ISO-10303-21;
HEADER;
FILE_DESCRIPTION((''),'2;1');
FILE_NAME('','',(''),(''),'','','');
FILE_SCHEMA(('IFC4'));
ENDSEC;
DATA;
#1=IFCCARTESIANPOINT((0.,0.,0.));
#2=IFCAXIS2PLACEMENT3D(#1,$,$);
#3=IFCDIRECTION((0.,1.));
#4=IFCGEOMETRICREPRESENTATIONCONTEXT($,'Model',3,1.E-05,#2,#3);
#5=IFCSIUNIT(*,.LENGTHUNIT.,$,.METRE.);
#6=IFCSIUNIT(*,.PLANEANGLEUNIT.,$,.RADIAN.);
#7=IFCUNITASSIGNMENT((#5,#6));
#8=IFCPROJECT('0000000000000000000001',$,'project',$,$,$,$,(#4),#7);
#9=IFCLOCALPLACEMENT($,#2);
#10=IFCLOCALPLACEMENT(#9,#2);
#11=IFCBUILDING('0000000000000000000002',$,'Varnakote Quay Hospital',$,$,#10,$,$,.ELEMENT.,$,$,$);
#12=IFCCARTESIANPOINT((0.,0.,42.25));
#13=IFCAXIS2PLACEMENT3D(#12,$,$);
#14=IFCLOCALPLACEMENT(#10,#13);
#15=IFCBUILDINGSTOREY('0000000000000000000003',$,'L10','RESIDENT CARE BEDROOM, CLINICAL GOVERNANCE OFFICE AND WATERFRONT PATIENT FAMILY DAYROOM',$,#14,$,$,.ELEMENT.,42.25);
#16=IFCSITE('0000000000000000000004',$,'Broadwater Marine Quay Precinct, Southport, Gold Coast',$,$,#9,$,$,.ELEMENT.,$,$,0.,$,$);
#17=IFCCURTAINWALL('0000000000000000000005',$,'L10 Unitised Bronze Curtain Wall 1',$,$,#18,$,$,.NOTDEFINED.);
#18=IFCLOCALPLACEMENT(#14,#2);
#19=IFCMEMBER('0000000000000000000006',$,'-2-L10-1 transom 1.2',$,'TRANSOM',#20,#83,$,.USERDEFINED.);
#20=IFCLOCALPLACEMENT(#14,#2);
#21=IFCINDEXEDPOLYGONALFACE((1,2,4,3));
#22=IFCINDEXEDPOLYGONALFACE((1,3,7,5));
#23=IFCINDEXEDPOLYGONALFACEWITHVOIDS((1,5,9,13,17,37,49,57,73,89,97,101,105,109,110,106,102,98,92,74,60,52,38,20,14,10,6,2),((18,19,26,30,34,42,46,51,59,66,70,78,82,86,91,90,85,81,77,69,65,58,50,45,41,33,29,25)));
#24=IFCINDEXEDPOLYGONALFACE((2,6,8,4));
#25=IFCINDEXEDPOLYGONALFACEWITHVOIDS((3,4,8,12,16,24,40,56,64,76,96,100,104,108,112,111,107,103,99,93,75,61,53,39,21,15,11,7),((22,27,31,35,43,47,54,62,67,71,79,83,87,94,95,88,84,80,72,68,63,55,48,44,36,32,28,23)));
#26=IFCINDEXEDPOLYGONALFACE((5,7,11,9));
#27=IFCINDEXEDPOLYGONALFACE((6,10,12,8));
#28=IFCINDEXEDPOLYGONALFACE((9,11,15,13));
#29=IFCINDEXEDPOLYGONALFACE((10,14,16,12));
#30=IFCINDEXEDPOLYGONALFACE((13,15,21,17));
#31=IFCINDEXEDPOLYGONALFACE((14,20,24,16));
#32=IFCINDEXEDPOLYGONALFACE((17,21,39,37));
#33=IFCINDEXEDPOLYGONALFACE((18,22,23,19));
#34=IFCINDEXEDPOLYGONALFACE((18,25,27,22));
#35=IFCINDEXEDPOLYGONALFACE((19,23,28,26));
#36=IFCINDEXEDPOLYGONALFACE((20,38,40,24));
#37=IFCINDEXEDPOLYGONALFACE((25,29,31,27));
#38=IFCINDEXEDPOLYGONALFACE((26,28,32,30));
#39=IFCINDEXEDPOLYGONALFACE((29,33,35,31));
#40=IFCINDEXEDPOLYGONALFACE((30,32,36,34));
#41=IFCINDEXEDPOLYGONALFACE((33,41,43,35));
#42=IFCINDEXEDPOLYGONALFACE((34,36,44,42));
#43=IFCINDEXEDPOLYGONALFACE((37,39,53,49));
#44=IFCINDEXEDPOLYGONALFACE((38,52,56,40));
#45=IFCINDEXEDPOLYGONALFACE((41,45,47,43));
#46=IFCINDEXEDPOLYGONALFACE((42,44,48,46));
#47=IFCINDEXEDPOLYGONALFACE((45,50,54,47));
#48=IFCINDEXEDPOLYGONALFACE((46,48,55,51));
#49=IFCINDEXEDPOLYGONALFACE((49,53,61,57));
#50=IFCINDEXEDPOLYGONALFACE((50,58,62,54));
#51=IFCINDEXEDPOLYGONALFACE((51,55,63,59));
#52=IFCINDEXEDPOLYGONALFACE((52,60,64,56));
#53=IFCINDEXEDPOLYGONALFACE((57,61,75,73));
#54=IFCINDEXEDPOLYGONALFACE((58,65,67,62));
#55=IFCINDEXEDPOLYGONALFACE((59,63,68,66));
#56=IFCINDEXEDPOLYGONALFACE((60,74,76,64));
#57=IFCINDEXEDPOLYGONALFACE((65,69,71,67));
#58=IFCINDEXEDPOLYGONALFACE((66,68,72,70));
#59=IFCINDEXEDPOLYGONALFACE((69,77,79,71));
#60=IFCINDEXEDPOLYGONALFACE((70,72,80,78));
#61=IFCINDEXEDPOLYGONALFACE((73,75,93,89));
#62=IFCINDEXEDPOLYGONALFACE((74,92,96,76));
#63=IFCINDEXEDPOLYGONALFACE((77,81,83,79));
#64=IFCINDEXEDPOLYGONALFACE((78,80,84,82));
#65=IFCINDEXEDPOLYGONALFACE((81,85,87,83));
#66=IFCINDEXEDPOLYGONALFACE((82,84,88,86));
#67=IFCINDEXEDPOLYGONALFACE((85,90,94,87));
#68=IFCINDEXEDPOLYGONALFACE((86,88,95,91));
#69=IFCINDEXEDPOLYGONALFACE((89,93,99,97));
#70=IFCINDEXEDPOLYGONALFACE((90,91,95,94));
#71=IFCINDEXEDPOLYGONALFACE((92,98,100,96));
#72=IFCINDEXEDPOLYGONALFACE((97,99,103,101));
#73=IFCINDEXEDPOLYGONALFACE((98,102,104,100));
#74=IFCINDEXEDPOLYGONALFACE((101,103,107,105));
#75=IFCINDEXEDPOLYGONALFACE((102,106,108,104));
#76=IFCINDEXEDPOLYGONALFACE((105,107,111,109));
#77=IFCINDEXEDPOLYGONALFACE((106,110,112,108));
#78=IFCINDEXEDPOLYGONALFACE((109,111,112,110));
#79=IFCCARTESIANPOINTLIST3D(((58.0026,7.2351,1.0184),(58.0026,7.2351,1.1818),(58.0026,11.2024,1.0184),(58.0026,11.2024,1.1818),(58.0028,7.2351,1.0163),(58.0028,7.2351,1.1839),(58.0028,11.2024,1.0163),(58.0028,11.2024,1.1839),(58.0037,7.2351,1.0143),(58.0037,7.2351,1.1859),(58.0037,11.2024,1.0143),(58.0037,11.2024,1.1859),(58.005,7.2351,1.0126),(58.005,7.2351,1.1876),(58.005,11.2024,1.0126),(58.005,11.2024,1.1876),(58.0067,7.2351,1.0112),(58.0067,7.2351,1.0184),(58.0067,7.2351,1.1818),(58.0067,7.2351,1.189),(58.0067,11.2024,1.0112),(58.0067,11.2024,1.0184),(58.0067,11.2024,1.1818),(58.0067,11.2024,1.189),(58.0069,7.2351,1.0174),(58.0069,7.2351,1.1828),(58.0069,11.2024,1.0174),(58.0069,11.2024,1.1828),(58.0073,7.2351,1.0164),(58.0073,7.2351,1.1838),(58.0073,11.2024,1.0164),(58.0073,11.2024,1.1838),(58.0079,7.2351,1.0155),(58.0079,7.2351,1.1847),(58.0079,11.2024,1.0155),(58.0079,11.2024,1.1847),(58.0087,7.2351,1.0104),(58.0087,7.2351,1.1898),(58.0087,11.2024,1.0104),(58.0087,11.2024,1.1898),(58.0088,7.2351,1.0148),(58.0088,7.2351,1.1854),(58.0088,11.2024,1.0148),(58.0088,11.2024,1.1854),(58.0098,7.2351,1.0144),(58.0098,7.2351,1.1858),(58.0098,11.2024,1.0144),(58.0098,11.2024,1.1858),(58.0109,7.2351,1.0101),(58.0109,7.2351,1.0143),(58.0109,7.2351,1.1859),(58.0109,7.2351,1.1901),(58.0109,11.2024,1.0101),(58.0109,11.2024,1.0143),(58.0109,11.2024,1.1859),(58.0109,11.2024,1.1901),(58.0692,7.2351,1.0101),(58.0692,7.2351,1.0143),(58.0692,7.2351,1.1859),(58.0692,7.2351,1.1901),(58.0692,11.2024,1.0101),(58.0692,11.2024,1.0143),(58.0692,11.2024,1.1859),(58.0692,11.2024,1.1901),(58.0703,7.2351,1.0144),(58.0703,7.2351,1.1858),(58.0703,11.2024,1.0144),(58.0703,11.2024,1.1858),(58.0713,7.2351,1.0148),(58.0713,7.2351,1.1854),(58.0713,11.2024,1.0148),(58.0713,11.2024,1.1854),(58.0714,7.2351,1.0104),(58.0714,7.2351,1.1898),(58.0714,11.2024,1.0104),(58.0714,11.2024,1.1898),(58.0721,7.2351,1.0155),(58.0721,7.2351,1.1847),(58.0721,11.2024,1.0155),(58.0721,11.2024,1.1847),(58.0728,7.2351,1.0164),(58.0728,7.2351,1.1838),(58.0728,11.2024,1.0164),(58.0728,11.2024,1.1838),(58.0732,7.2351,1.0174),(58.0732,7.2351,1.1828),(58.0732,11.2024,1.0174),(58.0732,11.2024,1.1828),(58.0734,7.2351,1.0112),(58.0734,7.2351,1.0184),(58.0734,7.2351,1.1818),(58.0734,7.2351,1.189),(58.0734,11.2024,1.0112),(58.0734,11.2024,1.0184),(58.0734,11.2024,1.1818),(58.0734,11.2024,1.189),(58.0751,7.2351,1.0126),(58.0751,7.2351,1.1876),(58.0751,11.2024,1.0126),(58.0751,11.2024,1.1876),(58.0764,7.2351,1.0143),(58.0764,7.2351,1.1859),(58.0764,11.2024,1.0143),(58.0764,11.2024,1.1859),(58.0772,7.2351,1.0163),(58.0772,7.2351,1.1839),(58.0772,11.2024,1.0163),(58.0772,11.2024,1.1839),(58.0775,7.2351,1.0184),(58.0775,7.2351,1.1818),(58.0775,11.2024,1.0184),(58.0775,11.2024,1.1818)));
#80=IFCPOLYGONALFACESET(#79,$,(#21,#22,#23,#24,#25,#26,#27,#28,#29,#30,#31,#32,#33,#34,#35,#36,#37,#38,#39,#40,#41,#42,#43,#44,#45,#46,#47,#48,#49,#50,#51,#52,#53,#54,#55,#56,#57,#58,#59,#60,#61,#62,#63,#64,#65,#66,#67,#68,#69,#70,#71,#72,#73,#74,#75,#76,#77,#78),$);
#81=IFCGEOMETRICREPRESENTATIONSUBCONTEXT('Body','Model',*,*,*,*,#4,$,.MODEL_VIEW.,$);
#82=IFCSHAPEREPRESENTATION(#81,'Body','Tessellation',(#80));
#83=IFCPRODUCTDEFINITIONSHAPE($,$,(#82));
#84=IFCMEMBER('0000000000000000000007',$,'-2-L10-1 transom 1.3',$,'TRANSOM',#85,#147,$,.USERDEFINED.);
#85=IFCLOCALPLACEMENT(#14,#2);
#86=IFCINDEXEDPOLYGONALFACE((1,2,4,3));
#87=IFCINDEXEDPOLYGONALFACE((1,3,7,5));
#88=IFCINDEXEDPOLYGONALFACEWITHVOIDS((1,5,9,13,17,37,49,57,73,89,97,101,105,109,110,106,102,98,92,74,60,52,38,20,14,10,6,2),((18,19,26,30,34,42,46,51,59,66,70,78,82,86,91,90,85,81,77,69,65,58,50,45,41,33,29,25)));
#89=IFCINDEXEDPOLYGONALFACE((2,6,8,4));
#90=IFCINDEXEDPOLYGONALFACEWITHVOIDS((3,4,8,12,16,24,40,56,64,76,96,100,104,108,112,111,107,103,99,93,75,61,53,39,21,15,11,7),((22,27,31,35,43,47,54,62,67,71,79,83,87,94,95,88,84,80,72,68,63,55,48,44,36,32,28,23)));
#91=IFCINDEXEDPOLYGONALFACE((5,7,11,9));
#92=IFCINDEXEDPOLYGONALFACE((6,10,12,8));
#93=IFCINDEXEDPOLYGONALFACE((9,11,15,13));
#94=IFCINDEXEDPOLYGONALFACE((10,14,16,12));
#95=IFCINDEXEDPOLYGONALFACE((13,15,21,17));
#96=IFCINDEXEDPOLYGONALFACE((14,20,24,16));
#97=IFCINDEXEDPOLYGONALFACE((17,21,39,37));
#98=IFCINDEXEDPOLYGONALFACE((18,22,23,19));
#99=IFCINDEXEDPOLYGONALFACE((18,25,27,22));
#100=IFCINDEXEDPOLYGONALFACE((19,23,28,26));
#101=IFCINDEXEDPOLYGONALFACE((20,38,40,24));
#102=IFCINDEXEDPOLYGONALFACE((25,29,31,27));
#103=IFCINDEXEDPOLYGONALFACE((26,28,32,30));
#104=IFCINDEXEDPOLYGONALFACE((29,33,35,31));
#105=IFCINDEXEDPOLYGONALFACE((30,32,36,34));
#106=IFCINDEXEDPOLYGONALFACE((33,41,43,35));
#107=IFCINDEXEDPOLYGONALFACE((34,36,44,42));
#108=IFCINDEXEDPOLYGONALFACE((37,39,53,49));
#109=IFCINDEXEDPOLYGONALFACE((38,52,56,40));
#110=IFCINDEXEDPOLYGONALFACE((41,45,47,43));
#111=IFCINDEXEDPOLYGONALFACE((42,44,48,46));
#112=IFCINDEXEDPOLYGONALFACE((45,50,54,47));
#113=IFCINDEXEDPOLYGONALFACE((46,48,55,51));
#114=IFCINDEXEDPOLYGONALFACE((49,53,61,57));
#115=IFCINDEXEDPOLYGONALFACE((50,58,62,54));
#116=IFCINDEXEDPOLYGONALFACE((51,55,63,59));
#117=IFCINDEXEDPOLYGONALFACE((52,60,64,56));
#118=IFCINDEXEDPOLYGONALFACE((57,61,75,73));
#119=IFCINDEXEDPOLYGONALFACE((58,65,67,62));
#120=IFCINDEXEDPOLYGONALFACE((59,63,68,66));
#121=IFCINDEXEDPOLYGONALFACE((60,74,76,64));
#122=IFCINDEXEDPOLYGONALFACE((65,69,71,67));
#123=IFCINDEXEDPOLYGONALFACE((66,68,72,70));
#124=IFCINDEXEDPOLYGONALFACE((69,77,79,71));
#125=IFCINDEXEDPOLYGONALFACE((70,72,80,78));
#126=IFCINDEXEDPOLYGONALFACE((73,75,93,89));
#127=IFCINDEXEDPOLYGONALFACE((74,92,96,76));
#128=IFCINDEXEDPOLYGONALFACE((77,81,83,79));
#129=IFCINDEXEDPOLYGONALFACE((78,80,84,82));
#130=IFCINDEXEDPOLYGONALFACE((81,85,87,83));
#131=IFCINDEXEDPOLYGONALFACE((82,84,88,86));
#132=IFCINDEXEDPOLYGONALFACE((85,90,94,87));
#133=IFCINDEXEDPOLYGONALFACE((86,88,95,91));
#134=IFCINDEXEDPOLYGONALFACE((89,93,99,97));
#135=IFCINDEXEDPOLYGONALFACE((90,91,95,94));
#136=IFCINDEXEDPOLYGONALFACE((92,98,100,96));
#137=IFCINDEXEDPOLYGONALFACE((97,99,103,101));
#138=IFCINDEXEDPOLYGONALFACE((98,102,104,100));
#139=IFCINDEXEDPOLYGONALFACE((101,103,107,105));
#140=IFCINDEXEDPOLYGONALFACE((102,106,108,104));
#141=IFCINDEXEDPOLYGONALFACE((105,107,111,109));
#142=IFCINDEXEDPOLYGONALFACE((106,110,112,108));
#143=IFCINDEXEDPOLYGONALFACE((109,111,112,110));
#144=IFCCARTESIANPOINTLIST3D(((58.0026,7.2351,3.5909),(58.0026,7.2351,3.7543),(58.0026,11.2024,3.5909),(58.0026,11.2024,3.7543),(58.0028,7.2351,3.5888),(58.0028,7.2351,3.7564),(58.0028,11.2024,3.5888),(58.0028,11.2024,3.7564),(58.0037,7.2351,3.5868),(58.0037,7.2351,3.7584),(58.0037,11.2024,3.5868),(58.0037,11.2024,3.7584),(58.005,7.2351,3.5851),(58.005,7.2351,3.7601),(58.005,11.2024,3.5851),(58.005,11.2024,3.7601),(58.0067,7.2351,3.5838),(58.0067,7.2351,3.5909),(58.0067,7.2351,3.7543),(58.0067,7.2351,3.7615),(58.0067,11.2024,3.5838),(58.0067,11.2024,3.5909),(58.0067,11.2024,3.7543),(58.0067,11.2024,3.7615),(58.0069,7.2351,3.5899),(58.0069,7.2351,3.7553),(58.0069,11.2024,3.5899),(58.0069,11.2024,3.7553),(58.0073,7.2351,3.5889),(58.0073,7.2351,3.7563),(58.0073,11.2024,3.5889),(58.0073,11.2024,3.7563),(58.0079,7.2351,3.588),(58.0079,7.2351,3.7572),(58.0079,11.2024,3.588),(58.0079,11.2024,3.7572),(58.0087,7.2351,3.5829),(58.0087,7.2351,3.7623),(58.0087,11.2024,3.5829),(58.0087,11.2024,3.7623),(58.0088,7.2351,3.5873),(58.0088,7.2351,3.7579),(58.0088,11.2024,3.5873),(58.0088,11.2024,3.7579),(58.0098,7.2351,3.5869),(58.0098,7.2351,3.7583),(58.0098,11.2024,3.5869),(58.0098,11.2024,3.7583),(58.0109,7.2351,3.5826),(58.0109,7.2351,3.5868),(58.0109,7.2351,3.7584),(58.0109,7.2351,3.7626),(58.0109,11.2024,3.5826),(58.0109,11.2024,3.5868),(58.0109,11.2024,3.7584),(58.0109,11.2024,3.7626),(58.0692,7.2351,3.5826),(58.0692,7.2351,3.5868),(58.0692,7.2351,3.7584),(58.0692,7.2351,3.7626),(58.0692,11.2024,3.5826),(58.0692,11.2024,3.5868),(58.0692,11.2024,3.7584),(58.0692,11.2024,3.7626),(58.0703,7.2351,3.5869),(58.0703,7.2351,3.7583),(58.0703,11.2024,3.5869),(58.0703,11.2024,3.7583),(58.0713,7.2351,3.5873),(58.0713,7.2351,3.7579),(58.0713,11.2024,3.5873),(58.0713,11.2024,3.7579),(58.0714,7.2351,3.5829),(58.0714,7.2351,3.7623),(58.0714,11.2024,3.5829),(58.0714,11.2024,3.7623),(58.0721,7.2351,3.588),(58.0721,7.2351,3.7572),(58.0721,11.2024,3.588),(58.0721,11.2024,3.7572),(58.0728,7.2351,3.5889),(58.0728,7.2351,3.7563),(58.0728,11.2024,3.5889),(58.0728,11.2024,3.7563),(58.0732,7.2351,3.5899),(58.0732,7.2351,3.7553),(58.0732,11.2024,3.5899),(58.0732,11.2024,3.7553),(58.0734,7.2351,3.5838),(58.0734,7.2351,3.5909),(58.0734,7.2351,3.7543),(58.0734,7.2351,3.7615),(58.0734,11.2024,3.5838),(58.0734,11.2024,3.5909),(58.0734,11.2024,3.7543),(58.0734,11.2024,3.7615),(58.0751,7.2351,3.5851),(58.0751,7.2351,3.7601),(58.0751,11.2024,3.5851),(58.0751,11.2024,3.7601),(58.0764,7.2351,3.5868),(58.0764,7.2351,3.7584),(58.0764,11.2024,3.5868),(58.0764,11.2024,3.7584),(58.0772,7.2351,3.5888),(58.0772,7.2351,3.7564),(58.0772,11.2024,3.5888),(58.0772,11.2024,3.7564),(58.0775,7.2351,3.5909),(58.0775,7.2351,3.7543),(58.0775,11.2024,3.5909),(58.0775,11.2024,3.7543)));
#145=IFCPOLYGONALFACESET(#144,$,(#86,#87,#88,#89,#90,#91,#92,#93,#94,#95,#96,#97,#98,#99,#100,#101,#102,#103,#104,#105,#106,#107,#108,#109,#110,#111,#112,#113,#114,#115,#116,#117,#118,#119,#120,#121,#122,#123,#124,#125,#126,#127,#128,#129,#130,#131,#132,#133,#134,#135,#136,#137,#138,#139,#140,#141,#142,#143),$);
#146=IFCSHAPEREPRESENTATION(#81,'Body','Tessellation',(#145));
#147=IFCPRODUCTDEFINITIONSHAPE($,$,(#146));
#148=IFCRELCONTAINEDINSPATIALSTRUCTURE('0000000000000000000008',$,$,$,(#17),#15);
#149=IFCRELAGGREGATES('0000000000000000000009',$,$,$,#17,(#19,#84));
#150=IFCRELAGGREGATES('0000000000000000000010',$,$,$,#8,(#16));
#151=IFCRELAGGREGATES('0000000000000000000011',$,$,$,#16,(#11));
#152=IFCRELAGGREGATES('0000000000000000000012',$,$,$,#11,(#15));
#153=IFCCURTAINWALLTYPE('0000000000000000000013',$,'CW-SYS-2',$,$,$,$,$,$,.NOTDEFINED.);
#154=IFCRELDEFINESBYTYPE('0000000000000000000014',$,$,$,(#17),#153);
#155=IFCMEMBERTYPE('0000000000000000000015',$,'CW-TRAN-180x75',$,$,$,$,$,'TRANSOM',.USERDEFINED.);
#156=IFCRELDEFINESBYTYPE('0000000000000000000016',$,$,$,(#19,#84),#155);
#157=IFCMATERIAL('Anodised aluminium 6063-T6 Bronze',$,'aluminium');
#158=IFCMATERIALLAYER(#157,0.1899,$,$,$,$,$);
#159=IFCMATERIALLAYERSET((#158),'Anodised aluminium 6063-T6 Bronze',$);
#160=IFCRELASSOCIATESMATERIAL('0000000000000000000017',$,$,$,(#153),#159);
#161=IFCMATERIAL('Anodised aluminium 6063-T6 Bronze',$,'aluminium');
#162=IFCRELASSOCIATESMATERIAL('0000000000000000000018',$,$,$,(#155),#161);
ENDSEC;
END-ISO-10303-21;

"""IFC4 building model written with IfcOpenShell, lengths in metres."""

from ifc_helpers import new_model, si_unit, direction, frame, origin, origin_2d, place, context, subcontext, project, spatial, hollow_rectangle, extrude, material, layer, layer_set, material_profile, profile_set, type_object, element, aggregate, save


model = new_model("IFC4")

# Units and contexts
model_context = context("Model", 3, precision=1e-05, world=origin(), true_north=direction((0.0, 1.0)))
body_context = subcontext(model_context, "Body", "Model", "MODEL_VIEW")
ifc_project = project(units=[si_unit("LENGTHUNIT", "METRE"), si_unit("PLANEANGLEUNIT", "RADIAN")], contexts=[model_context])

# Site, building, storey
site_placement = place(None, origin())
site = spatial("IfcSite", under=ifc_project, at=site_placement, Name="Broadwater Marine Quay Precinct, Southport, Gold Coast", CompositionType="ELEMENT", RefElevation=0.0)
building_placement = place(site_placement, origin())
building = spatial("IfcBuilding", under=site, at=building_placement, Name="Varnakote Quay Hospital", CompositionType="ELEMENT")
storey_placement = place(building_placement, frame((0.0, 0.0, 42.25)))
storey = spatial("IfcBuildingStorey", under=building, at=storey_placement, Name="L10", Description="RESIDENT CARE BEDROOM, CLINICAL GOVERNANCE OFFICE AND WATERFRONT PATIENT FAMILY DAYROOM", CompositionType="ELEMENT", Elevation=42.25)

# Curtain wall, members
ifc_material_1 = material(Name="Anodised aluminium 6063-T6 Bronze", Category="aluminium")
ifc_layer_1 = layer(ifc_material_1, 0.1899)
ifc_layer_set_1 = layer_set([ifc_layer_1], Name="Anodised aluminium 6063-T6 Bronze")
curtain_wall_type = type_object("IfcCurtainWallType", Name="CW-SYS-2", PredefinedType="NOTDEFINED", material=ifc_layer_set_1)
curtain_wall_placement = place(storey_placement, origin())
curtain_wall = element("IfcCurtainWall", 1, at=curtain_wall_placement, inside=storey, type_object=curtain_wall_type, Name="L10 Unitised Bronze Curtain Wall 1", PredefinedType="NOTDEFINED")
ifc_material_2 = material(Name="Anodised aluminium 6063-T6 Bronze", Category="aluminium")
ifc_material_profile_1 = material_profile(ifc_material_2, hollow_rectangle(XDim=0.075, YDim=0.1799, WallThickness=0.0042, InnerFilletRadius=0.0042, OuterFilletRadius=0.0083, at=origin_2d()), Name="CW-TRAN-180x75")
ifc_profile_set_1 = profile_set([ifc_material_profile_1], Name="Anodised aluminium 6063-T6 Bronze")
member_type_1 = type_object("IfcMemberType", Name="CW-TRAN-180x75", ElementType="TRANSOM", PredefinedType="USERDEFINED", material=ifc_profile_set_1)
member_1_placement = place(storey_placement, frame((58.04, 7.2351, 1.1001), z_axis=(0.0, 1.0, 0.0), x_axis=(-1.0, 0.0, 0.0)))
member_1 = element("IfcMember", 2, at=member_1_placement, type_object=member_type_1, Name="-2-L10-1 transom 1.2", ObjectType="TRANSOM", PredefinedType="USERDEFINED", context=body_context, shape_type="SweptSolid", body=[
    extrude(hollow_rectangle(XDim=0.075, YDim=0.1799, WallThickness=0.0042, InnerFilletRadius=0.0042, OuterFilletRadius=0.0083, at=origin_2d()), origin(), (0.0, 0.0, 1.0), 3.9673),
])
member_2_placement = place(storey_placement, frame((58.04, 7.2351, 3.6726), z_axis=(0.0, 1.0, 0.0), x_axis=(-1.0, 0.0, 0.0)))
member_2 = element("IfcMember", 3, at=member_2_placement, type_object=member_type_1, Name="-2-L10-1 transom 1.3", ObjectType="TRANSOM", PredefinedType="USERDEFINED", context=body_context, shape_type="SweptSolid", body=[
    extrude(hollow_rectangle(XDim=0.075, YDim=0.1799, WallThickness=0.0042, InnerFilletRadius=0.0042, OuterFilletRadius=0.0083, at=origin_2d()), origin(), (0.0, 0.0, 1.0), 3.9673),
])
aggregate(curtain_wall, [member_1, member_2])

save(model, "model.ifc")
